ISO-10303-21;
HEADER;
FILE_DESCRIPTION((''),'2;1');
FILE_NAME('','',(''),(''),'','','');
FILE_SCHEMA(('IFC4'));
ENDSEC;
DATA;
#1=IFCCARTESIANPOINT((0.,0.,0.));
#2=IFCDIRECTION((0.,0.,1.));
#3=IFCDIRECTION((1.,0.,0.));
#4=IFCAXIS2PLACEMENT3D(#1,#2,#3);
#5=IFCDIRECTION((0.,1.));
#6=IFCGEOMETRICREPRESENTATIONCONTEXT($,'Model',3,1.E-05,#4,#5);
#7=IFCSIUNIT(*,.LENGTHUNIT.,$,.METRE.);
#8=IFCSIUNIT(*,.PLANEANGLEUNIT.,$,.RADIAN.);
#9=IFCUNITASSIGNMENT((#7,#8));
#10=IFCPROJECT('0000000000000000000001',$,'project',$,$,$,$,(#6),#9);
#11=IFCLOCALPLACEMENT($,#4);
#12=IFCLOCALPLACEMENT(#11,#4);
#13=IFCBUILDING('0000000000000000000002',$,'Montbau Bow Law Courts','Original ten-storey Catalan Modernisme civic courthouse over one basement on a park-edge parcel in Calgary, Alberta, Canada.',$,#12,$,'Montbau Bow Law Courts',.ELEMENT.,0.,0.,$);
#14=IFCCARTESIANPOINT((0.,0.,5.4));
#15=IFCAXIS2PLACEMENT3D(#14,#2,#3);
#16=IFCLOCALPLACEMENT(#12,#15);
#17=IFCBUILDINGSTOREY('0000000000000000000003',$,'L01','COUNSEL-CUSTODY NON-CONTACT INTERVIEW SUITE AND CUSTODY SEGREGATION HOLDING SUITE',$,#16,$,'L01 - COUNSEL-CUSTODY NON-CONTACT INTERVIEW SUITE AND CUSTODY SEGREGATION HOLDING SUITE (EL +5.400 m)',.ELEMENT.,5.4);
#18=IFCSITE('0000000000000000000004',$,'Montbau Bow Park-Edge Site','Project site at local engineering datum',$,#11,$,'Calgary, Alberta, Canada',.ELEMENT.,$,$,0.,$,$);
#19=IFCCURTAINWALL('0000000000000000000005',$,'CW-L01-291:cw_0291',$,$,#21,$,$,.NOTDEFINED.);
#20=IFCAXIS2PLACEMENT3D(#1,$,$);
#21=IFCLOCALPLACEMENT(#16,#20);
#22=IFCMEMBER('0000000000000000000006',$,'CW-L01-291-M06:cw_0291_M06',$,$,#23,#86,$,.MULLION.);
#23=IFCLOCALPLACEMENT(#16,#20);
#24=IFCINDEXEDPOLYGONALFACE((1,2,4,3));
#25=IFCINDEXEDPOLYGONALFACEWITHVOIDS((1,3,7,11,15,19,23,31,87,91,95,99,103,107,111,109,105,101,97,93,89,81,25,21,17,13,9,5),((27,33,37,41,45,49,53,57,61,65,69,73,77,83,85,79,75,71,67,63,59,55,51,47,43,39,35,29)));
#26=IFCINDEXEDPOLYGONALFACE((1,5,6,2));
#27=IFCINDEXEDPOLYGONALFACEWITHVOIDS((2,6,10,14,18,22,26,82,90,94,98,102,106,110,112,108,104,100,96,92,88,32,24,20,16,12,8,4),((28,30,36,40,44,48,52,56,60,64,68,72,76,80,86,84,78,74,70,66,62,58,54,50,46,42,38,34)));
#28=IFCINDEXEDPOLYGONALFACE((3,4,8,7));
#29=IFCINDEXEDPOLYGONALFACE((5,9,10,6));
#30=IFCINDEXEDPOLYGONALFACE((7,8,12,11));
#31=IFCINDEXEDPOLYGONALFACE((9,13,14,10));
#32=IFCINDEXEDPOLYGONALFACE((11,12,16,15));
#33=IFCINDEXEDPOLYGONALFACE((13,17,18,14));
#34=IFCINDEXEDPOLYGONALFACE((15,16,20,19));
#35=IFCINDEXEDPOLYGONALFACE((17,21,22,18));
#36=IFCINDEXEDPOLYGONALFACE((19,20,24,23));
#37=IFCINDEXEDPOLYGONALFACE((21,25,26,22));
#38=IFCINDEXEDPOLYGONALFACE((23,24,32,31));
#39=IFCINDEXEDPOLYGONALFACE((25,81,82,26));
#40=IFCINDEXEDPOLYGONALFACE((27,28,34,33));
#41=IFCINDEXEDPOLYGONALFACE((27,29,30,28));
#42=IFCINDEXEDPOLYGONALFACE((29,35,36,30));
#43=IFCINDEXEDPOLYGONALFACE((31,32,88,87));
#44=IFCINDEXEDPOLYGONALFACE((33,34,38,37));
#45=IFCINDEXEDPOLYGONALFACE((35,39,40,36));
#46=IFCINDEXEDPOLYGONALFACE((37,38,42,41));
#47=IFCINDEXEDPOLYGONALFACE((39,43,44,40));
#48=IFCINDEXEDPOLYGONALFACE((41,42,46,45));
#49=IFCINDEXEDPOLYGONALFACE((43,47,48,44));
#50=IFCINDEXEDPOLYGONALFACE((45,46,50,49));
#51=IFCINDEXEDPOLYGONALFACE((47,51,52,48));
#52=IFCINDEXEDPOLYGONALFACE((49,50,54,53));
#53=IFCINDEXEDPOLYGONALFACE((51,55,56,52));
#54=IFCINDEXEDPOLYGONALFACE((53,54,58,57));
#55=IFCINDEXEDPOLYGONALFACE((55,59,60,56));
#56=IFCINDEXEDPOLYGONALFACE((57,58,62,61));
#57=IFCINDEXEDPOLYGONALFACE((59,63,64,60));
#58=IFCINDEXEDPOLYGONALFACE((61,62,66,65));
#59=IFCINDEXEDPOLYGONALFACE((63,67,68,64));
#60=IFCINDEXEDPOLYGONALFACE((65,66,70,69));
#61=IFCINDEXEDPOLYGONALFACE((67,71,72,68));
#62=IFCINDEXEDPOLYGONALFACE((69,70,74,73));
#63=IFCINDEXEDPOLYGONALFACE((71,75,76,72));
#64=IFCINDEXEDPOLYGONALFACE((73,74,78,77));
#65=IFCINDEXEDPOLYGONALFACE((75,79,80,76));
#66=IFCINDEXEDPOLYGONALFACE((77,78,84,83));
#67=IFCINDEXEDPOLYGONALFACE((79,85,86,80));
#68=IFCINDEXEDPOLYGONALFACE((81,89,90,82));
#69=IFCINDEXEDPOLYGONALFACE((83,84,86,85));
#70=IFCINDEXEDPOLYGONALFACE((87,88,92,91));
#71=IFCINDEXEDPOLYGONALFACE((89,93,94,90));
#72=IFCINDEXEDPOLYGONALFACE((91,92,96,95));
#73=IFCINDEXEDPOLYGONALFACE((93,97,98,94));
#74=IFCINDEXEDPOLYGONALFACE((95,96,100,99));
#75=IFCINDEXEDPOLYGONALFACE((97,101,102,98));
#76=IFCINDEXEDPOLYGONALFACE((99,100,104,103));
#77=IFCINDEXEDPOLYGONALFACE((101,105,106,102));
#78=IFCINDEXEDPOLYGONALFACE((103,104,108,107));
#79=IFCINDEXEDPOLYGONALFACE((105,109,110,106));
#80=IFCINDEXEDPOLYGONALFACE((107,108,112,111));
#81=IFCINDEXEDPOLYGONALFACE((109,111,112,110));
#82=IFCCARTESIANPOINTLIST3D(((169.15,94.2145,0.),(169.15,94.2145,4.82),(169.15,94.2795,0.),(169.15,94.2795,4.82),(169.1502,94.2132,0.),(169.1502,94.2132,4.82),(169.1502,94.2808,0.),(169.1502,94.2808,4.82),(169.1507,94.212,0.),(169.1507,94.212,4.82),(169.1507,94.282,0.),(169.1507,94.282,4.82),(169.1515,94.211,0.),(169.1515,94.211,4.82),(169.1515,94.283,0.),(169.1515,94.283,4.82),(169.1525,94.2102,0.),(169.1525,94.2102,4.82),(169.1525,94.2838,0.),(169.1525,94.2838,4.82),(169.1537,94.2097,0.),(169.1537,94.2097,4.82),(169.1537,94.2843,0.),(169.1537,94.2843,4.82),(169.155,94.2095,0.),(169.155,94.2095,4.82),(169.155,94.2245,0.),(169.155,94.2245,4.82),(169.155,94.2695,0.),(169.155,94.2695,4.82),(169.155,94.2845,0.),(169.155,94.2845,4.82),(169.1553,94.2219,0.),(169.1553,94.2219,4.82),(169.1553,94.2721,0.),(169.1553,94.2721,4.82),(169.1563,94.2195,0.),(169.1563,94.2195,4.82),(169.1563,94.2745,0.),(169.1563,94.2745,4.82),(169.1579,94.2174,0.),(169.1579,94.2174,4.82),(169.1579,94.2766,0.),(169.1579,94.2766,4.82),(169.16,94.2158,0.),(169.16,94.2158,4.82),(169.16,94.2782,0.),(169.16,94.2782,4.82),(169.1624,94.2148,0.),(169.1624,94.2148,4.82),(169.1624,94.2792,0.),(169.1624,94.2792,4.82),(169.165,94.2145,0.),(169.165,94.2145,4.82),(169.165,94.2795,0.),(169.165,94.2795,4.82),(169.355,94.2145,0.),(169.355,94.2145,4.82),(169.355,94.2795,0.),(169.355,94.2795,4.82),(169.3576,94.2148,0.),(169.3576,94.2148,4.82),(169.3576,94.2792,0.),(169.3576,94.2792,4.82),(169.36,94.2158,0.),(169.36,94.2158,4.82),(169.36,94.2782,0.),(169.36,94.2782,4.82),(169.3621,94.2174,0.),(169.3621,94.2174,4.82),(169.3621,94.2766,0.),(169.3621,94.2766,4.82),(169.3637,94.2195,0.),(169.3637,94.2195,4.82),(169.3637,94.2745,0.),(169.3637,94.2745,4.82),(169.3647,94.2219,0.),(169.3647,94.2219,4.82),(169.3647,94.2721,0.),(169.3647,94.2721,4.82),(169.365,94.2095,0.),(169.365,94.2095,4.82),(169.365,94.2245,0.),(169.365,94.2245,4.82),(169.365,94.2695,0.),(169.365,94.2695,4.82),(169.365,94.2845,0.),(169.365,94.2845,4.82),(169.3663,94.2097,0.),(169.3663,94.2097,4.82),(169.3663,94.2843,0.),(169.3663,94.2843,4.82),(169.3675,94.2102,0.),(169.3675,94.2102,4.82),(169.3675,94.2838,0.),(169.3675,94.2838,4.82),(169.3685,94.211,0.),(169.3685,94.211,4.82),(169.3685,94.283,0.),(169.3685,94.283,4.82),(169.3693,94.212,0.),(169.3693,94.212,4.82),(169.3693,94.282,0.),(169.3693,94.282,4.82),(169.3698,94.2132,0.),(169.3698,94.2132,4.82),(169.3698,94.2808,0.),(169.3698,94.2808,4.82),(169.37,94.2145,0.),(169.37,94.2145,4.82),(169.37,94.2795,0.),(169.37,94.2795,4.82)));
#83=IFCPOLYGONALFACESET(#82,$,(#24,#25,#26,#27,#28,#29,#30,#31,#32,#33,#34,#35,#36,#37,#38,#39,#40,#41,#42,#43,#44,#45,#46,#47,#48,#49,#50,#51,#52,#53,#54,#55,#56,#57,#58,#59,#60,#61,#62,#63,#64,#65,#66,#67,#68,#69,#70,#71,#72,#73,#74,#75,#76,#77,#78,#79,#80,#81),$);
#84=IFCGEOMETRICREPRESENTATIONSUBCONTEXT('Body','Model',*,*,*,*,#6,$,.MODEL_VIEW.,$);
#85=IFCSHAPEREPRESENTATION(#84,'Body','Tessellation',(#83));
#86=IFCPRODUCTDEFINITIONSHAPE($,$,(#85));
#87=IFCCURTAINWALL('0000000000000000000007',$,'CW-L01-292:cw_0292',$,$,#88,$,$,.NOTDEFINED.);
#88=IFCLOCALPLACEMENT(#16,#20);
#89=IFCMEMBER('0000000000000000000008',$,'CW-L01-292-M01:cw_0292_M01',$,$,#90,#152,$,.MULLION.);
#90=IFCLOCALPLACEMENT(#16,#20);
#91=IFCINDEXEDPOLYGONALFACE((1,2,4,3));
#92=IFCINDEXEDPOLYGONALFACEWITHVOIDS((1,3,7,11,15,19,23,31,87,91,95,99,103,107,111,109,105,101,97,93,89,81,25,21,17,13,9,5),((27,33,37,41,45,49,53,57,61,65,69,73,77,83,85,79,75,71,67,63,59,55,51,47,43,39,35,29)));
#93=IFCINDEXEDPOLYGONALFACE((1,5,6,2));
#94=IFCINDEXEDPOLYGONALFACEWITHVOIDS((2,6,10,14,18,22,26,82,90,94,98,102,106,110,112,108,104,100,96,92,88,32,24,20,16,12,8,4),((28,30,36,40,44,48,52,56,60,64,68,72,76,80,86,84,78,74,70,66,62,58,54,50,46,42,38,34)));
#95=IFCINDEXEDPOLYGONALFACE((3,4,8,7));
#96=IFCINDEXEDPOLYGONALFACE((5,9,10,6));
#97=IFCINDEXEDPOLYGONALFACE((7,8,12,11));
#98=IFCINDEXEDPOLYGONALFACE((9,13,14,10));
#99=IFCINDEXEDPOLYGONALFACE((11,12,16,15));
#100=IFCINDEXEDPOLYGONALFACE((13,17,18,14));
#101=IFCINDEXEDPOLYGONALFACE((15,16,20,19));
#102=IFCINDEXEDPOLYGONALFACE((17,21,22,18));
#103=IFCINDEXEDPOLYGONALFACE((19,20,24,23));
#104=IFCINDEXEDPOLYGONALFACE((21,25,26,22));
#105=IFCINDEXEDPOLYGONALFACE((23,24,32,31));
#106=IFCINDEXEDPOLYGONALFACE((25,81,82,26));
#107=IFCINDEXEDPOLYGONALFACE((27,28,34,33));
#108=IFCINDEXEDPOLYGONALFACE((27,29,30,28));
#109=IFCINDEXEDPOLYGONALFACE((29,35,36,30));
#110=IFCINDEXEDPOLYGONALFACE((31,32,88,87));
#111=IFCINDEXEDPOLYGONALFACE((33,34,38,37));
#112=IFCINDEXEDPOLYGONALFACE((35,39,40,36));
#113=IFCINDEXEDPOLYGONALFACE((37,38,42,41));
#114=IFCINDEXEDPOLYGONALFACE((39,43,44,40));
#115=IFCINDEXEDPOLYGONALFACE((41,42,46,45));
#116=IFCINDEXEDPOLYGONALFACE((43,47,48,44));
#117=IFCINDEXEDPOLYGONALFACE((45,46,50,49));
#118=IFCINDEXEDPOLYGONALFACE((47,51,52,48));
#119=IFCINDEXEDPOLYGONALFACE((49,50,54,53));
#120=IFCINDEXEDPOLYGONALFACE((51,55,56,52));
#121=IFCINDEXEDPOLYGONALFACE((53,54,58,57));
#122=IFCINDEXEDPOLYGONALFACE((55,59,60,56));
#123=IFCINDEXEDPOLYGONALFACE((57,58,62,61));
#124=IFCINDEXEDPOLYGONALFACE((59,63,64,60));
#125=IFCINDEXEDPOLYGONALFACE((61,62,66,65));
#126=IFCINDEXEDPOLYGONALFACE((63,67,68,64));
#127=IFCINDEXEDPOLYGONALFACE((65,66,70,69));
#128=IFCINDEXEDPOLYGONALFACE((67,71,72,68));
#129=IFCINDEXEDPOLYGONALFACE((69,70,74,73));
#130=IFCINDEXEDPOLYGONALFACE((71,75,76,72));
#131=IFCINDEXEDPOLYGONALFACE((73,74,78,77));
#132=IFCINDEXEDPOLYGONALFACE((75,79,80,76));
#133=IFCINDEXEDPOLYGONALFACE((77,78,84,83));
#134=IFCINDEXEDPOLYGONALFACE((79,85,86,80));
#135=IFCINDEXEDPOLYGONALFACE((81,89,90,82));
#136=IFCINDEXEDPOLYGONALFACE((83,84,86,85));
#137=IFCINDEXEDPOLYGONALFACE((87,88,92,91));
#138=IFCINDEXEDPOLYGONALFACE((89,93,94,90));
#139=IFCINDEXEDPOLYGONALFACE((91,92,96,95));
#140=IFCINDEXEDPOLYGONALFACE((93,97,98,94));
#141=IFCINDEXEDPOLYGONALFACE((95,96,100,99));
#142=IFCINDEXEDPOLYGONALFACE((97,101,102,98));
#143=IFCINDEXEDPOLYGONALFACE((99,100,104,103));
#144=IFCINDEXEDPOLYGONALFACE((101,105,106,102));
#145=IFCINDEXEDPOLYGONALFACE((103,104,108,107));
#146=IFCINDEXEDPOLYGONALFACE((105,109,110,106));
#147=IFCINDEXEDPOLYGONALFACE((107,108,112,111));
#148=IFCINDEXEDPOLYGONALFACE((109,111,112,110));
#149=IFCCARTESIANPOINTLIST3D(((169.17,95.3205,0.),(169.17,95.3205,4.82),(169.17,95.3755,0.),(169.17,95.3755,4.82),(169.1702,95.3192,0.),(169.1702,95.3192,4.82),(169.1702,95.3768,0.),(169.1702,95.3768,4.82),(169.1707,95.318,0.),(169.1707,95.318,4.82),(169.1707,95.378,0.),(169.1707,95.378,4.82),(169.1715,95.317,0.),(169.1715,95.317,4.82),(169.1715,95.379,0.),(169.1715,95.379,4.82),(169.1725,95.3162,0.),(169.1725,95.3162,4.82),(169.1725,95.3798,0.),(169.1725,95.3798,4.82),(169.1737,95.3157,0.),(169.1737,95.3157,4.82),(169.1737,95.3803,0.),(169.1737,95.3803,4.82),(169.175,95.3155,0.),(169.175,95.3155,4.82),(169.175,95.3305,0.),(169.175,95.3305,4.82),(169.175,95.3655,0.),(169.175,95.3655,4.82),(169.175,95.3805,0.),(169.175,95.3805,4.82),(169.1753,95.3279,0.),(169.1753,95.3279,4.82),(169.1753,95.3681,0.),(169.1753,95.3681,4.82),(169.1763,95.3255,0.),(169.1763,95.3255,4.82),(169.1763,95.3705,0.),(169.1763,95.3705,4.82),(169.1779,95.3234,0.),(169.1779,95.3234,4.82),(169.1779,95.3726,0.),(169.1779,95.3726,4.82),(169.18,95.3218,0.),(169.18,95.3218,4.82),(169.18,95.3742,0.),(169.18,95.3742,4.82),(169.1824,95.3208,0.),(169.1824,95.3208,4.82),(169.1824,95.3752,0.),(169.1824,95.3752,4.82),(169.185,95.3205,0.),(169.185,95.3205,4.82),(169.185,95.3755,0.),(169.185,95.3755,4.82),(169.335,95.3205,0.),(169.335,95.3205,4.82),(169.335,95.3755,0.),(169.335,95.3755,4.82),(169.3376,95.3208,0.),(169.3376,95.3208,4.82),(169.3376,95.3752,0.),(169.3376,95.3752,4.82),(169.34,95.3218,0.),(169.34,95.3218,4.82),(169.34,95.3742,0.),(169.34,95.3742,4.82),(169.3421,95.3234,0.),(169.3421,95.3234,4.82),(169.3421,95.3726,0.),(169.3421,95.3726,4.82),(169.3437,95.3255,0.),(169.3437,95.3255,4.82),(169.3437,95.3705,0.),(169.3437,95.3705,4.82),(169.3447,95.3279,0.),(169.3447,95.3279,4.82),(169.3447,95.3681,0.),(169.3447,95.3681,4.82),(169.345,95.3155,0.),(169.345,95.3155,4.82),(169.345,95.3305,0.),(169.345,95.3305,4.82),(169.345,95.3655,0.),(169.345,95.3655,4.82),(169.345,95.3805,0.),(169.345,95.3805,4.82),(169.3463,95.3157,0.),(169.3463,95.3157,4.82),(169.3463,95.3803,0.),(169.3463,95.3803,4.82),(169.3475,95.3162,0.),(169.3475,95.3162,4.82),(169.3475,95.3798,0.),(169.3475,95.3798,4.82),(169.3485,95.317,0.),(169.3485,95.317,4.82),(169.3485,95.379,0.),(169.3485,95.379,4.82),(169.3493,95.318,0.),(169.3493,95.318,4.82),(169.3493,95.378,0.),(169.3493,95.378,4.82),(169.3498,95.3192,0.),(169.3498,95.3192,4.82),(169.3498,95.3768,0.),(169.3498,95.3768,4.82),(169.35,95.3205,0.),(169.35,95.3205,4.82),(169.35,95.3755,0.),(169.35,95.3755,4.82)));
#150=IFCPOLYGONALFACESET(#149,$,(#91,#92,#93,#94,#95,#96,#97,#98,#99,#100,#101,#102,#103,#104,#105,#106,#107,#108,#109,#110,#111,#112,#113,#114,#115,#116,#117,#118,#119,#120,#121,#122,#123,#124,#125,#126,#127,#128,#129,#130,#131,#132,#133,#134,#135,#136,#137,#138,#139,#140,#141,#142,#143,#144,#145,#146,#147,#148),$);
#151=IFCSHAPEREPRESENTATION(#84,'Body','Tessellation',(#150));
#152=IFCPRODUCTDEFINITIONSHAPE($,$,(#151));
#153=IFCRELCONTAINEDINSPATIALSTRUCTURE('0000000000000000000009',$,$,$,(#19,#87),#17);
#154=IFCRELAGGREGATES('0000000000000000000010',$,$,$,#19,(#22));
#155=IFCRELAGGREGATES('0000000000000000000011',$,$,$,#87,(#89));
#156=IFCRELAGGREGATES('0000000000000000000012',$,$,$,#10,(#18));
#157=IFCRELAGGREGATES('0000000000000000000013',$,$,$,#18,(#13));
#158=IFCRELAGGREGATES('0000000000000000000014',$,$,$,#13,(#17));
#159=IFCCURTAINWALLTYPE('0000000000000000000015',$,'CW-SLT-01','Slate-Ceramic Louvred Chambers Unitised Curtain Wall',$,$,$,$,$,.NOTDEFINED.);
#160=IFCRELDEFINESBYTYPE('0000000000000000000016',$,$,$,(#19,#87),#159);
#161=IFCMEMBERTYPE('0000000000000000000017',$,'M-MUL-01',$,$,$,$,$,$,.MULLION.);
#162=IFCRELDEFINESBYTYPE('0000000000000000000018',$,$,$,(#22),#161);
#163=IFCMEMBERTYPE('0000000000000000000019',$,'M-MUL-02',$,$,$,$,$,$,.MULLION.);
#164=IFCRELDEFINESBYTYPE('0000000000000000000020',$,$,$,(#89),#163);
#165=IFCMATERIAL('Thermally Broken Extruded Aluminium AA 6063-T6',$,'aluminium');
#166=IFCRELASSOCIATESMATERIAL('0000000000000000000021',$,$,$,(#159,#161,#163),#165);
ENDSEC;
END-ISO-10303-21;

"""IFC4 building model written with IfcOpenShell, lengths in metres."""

from ifc_helpers import new_model, si_unit, direction, frame, origin_with_axes, origin_2d_with_axis, place, context, subcontext, project, spatial, hollow_rectangle, extrude, material, material_profile, profile_set, type_object, element, aggregate, save


model = new_model("IFC4")

# Units and contexts
model_context = context("Model", 3, precision=1e-05, world=origin_with_axes(), true_north=direction((0.0, 1.0)))
body_context = subcontext(model_context, "Body", "Model", "MODEL_VIEW")
ifc_project = project(units=[si_unit("LENGTHUNIT", "METRE"), si_unit("PLANEANGLEUNIT", "RADIAN")], contexts=[model_context])

# Site, building, storey
site_placement = place(None, origin_with_axes())
site = spatial("IfcSite", under=ifc_project, at=site_placement, Name="Montbau Bow Park-Edge Site", Description="Project site at local engineering datum", LongName="Calgary, Alberta, Canada", CompositionType="ELEMENT", RefElevation=0.0)
building_placement = place(site_placement, origin_with_axes())
building = spatial("IfcBuilding", under=site, at=building_placement, Name="Montbau Bow Law Courts", Description="Original ten-storey Catalan Modernisme civic courthouse over one basement on a park-edge parcel in Calgary, Alberta, Canada.", LongName="Montbau Bow Law Courts", CompositionType="ELEMENT", ElevationOfRefHeight=0.0, ElevationOfTerrain=0.0)
storey_placement = place(building_placement, frame((0.0, 0.0, 5.4), z_axis=(0.0, 0.0, 1.0), x_axis=(1.0, 0.0, 0.0)))
storey = spatial("IfcBuildingStorey", under=building, at=storey_placement, Name="L01", Description="COUNSEL-CUSTODY NON-CONTACT INTERVIEW SUITE AND CUSTODY SEGREGATION HOLDING SUITE", LongName="L01 - COUNSEL-CUSTODY NON-CONTACT INTERVIEW SUITE AND CUSTODY SEGREGATION HOLDING SUITE (EL +5.400 m)", CompositionType="ELEMENT", Elevation=5.4)

# Curtain walls, members
ifc_material_1 = material(Name="Thermally Broken Extruded Aluminium AA 6063-T6", Category="aluminium")
curtain_wall_type = type_object("IfcCurtainWallType", Name="CW-SLT-01", Description="Slate-Ceramic Louvred Chambers Unitised Curtain Wall", PredefinedType="NOTDEFINED", material=ifc_material_1)
curtain_wall_1_placement = place(None, frame((169.26, 86.915, 5.4), z_axis=(0.0, 0.0, 1.0), x_axis=(1.0, 0.0, 0.0)))
curtain_wall_1 = element("IfcCurtainWall", 1, at=curtain_wall_1_placement, inside=storey, type_object=curtain_wall_type, Name="CW-L01-291:cw_0291", PredefinedType="NOTDEFINED")
ifc_material_profile_1 = material_profile(ifc_material_1, hollow_rectangle(XDim=0.075, YDim=0.22, WallThickness=0.005, InnerFilletRadius=0.01, OuterFilletRadius=0.005, at=origin_2d_with_axis()), Name="CWM-220X75", Category="Main", Priority=0)
ifc_profile_set_1 = profile_set([ifc_material_profile_1], Name="Thermally Broken Extruded Aluminium AA 6063-T6")
member_type_1 = type_object("IfcMemberType", Name="M-MUL-01", PredefinedType="MULLION", material=ifc_profile_set_1)
member_1_placement = place(None, frame((169.26, 94.247, 5.4), z_axis=(0.0, 0.0, 1.0), x_axis=(0.0, 1.0, 0.0)))
member_1 = element("IfcMember", 2, at=member_1_placement, type_object=member_type_1, Name="CW-L01-291-M06:cw_0291_M06", PredefinedType="MULLION", context=body_context, shape_type="SweptSolid", body=[
    extrude(hollow_rectangle(XDim=0.075, YDim=0.22, WallThickness=0.005, InnerFilletRadius=0.01, OuterFilletRadius=0.005, at=origin_2d_with_axis()), origin_with_axes(), (0.0, 0.0, 1.0), 4.82),
])
curtain_wall_2_placement = place(None, frame((169.26, 95.315, 5.4), z_axis=(0.0, 0.0, 1.0), x_axis=(1.0, 0.0, 0.0)))
curtain_wall_2 = element("IfcCurtainWall", 3, at=curtain_wall_2_placement, inside=storey, type_object=curtain_wall_type, Name="CW-L01-292:cw_0292", PredefinedType="NOTDEFINED")
ifc_material_profile_2 = material_profile(ifc_material_1, hollow_rectangle(XDim=0.065, YDim=0.18, WallThickness=0.005, InnerFilletRadius=0.01, OuterFilletRadius=0.005, at=origin_2d_with_axis()), Name="CWM-180X65", Category="Main", Priority=0)
ifc_profile_set_2 = profile_set([ifc_material_profile_2], Name="Thermally Broken Extruded Aluminium AA 6063-T6")
member_type_2 = type_object("IfcMemberType", Name="M-MUL-02", PredefinedType="MULLION", material=ifc_profile_set_2)
member_2_placement = place(None, frame((169.26, 95.348, 5.4), z_axis=(0.0, 0.0, 1.0), x_axis=(0.0, 1.0, 0.0)))
member_2 = element("IfcMember", 4, at=member_2_placement, type_object=member_type_2, Name="CW-L01-292-M01:cw_0292_M01", PredefinedType="MULLION", context=body_context, shape_type="SweptSolid", body=[
    extrude(hollow_rectangle(XDim=0.065, YDim=0.18, WallThickness=0.005, InnerFilletRadius=0.01, OuterFilletRadius=0.005, at=origin_2d_with_axis()), origin_with_axes(), (0.0, 0.0, 1.0), 4.82),
])

aggregate(curtain_wall_1, [member_1])
aggregate(curtain_wall_2, [member_2])

save(model, "model.ifc")
